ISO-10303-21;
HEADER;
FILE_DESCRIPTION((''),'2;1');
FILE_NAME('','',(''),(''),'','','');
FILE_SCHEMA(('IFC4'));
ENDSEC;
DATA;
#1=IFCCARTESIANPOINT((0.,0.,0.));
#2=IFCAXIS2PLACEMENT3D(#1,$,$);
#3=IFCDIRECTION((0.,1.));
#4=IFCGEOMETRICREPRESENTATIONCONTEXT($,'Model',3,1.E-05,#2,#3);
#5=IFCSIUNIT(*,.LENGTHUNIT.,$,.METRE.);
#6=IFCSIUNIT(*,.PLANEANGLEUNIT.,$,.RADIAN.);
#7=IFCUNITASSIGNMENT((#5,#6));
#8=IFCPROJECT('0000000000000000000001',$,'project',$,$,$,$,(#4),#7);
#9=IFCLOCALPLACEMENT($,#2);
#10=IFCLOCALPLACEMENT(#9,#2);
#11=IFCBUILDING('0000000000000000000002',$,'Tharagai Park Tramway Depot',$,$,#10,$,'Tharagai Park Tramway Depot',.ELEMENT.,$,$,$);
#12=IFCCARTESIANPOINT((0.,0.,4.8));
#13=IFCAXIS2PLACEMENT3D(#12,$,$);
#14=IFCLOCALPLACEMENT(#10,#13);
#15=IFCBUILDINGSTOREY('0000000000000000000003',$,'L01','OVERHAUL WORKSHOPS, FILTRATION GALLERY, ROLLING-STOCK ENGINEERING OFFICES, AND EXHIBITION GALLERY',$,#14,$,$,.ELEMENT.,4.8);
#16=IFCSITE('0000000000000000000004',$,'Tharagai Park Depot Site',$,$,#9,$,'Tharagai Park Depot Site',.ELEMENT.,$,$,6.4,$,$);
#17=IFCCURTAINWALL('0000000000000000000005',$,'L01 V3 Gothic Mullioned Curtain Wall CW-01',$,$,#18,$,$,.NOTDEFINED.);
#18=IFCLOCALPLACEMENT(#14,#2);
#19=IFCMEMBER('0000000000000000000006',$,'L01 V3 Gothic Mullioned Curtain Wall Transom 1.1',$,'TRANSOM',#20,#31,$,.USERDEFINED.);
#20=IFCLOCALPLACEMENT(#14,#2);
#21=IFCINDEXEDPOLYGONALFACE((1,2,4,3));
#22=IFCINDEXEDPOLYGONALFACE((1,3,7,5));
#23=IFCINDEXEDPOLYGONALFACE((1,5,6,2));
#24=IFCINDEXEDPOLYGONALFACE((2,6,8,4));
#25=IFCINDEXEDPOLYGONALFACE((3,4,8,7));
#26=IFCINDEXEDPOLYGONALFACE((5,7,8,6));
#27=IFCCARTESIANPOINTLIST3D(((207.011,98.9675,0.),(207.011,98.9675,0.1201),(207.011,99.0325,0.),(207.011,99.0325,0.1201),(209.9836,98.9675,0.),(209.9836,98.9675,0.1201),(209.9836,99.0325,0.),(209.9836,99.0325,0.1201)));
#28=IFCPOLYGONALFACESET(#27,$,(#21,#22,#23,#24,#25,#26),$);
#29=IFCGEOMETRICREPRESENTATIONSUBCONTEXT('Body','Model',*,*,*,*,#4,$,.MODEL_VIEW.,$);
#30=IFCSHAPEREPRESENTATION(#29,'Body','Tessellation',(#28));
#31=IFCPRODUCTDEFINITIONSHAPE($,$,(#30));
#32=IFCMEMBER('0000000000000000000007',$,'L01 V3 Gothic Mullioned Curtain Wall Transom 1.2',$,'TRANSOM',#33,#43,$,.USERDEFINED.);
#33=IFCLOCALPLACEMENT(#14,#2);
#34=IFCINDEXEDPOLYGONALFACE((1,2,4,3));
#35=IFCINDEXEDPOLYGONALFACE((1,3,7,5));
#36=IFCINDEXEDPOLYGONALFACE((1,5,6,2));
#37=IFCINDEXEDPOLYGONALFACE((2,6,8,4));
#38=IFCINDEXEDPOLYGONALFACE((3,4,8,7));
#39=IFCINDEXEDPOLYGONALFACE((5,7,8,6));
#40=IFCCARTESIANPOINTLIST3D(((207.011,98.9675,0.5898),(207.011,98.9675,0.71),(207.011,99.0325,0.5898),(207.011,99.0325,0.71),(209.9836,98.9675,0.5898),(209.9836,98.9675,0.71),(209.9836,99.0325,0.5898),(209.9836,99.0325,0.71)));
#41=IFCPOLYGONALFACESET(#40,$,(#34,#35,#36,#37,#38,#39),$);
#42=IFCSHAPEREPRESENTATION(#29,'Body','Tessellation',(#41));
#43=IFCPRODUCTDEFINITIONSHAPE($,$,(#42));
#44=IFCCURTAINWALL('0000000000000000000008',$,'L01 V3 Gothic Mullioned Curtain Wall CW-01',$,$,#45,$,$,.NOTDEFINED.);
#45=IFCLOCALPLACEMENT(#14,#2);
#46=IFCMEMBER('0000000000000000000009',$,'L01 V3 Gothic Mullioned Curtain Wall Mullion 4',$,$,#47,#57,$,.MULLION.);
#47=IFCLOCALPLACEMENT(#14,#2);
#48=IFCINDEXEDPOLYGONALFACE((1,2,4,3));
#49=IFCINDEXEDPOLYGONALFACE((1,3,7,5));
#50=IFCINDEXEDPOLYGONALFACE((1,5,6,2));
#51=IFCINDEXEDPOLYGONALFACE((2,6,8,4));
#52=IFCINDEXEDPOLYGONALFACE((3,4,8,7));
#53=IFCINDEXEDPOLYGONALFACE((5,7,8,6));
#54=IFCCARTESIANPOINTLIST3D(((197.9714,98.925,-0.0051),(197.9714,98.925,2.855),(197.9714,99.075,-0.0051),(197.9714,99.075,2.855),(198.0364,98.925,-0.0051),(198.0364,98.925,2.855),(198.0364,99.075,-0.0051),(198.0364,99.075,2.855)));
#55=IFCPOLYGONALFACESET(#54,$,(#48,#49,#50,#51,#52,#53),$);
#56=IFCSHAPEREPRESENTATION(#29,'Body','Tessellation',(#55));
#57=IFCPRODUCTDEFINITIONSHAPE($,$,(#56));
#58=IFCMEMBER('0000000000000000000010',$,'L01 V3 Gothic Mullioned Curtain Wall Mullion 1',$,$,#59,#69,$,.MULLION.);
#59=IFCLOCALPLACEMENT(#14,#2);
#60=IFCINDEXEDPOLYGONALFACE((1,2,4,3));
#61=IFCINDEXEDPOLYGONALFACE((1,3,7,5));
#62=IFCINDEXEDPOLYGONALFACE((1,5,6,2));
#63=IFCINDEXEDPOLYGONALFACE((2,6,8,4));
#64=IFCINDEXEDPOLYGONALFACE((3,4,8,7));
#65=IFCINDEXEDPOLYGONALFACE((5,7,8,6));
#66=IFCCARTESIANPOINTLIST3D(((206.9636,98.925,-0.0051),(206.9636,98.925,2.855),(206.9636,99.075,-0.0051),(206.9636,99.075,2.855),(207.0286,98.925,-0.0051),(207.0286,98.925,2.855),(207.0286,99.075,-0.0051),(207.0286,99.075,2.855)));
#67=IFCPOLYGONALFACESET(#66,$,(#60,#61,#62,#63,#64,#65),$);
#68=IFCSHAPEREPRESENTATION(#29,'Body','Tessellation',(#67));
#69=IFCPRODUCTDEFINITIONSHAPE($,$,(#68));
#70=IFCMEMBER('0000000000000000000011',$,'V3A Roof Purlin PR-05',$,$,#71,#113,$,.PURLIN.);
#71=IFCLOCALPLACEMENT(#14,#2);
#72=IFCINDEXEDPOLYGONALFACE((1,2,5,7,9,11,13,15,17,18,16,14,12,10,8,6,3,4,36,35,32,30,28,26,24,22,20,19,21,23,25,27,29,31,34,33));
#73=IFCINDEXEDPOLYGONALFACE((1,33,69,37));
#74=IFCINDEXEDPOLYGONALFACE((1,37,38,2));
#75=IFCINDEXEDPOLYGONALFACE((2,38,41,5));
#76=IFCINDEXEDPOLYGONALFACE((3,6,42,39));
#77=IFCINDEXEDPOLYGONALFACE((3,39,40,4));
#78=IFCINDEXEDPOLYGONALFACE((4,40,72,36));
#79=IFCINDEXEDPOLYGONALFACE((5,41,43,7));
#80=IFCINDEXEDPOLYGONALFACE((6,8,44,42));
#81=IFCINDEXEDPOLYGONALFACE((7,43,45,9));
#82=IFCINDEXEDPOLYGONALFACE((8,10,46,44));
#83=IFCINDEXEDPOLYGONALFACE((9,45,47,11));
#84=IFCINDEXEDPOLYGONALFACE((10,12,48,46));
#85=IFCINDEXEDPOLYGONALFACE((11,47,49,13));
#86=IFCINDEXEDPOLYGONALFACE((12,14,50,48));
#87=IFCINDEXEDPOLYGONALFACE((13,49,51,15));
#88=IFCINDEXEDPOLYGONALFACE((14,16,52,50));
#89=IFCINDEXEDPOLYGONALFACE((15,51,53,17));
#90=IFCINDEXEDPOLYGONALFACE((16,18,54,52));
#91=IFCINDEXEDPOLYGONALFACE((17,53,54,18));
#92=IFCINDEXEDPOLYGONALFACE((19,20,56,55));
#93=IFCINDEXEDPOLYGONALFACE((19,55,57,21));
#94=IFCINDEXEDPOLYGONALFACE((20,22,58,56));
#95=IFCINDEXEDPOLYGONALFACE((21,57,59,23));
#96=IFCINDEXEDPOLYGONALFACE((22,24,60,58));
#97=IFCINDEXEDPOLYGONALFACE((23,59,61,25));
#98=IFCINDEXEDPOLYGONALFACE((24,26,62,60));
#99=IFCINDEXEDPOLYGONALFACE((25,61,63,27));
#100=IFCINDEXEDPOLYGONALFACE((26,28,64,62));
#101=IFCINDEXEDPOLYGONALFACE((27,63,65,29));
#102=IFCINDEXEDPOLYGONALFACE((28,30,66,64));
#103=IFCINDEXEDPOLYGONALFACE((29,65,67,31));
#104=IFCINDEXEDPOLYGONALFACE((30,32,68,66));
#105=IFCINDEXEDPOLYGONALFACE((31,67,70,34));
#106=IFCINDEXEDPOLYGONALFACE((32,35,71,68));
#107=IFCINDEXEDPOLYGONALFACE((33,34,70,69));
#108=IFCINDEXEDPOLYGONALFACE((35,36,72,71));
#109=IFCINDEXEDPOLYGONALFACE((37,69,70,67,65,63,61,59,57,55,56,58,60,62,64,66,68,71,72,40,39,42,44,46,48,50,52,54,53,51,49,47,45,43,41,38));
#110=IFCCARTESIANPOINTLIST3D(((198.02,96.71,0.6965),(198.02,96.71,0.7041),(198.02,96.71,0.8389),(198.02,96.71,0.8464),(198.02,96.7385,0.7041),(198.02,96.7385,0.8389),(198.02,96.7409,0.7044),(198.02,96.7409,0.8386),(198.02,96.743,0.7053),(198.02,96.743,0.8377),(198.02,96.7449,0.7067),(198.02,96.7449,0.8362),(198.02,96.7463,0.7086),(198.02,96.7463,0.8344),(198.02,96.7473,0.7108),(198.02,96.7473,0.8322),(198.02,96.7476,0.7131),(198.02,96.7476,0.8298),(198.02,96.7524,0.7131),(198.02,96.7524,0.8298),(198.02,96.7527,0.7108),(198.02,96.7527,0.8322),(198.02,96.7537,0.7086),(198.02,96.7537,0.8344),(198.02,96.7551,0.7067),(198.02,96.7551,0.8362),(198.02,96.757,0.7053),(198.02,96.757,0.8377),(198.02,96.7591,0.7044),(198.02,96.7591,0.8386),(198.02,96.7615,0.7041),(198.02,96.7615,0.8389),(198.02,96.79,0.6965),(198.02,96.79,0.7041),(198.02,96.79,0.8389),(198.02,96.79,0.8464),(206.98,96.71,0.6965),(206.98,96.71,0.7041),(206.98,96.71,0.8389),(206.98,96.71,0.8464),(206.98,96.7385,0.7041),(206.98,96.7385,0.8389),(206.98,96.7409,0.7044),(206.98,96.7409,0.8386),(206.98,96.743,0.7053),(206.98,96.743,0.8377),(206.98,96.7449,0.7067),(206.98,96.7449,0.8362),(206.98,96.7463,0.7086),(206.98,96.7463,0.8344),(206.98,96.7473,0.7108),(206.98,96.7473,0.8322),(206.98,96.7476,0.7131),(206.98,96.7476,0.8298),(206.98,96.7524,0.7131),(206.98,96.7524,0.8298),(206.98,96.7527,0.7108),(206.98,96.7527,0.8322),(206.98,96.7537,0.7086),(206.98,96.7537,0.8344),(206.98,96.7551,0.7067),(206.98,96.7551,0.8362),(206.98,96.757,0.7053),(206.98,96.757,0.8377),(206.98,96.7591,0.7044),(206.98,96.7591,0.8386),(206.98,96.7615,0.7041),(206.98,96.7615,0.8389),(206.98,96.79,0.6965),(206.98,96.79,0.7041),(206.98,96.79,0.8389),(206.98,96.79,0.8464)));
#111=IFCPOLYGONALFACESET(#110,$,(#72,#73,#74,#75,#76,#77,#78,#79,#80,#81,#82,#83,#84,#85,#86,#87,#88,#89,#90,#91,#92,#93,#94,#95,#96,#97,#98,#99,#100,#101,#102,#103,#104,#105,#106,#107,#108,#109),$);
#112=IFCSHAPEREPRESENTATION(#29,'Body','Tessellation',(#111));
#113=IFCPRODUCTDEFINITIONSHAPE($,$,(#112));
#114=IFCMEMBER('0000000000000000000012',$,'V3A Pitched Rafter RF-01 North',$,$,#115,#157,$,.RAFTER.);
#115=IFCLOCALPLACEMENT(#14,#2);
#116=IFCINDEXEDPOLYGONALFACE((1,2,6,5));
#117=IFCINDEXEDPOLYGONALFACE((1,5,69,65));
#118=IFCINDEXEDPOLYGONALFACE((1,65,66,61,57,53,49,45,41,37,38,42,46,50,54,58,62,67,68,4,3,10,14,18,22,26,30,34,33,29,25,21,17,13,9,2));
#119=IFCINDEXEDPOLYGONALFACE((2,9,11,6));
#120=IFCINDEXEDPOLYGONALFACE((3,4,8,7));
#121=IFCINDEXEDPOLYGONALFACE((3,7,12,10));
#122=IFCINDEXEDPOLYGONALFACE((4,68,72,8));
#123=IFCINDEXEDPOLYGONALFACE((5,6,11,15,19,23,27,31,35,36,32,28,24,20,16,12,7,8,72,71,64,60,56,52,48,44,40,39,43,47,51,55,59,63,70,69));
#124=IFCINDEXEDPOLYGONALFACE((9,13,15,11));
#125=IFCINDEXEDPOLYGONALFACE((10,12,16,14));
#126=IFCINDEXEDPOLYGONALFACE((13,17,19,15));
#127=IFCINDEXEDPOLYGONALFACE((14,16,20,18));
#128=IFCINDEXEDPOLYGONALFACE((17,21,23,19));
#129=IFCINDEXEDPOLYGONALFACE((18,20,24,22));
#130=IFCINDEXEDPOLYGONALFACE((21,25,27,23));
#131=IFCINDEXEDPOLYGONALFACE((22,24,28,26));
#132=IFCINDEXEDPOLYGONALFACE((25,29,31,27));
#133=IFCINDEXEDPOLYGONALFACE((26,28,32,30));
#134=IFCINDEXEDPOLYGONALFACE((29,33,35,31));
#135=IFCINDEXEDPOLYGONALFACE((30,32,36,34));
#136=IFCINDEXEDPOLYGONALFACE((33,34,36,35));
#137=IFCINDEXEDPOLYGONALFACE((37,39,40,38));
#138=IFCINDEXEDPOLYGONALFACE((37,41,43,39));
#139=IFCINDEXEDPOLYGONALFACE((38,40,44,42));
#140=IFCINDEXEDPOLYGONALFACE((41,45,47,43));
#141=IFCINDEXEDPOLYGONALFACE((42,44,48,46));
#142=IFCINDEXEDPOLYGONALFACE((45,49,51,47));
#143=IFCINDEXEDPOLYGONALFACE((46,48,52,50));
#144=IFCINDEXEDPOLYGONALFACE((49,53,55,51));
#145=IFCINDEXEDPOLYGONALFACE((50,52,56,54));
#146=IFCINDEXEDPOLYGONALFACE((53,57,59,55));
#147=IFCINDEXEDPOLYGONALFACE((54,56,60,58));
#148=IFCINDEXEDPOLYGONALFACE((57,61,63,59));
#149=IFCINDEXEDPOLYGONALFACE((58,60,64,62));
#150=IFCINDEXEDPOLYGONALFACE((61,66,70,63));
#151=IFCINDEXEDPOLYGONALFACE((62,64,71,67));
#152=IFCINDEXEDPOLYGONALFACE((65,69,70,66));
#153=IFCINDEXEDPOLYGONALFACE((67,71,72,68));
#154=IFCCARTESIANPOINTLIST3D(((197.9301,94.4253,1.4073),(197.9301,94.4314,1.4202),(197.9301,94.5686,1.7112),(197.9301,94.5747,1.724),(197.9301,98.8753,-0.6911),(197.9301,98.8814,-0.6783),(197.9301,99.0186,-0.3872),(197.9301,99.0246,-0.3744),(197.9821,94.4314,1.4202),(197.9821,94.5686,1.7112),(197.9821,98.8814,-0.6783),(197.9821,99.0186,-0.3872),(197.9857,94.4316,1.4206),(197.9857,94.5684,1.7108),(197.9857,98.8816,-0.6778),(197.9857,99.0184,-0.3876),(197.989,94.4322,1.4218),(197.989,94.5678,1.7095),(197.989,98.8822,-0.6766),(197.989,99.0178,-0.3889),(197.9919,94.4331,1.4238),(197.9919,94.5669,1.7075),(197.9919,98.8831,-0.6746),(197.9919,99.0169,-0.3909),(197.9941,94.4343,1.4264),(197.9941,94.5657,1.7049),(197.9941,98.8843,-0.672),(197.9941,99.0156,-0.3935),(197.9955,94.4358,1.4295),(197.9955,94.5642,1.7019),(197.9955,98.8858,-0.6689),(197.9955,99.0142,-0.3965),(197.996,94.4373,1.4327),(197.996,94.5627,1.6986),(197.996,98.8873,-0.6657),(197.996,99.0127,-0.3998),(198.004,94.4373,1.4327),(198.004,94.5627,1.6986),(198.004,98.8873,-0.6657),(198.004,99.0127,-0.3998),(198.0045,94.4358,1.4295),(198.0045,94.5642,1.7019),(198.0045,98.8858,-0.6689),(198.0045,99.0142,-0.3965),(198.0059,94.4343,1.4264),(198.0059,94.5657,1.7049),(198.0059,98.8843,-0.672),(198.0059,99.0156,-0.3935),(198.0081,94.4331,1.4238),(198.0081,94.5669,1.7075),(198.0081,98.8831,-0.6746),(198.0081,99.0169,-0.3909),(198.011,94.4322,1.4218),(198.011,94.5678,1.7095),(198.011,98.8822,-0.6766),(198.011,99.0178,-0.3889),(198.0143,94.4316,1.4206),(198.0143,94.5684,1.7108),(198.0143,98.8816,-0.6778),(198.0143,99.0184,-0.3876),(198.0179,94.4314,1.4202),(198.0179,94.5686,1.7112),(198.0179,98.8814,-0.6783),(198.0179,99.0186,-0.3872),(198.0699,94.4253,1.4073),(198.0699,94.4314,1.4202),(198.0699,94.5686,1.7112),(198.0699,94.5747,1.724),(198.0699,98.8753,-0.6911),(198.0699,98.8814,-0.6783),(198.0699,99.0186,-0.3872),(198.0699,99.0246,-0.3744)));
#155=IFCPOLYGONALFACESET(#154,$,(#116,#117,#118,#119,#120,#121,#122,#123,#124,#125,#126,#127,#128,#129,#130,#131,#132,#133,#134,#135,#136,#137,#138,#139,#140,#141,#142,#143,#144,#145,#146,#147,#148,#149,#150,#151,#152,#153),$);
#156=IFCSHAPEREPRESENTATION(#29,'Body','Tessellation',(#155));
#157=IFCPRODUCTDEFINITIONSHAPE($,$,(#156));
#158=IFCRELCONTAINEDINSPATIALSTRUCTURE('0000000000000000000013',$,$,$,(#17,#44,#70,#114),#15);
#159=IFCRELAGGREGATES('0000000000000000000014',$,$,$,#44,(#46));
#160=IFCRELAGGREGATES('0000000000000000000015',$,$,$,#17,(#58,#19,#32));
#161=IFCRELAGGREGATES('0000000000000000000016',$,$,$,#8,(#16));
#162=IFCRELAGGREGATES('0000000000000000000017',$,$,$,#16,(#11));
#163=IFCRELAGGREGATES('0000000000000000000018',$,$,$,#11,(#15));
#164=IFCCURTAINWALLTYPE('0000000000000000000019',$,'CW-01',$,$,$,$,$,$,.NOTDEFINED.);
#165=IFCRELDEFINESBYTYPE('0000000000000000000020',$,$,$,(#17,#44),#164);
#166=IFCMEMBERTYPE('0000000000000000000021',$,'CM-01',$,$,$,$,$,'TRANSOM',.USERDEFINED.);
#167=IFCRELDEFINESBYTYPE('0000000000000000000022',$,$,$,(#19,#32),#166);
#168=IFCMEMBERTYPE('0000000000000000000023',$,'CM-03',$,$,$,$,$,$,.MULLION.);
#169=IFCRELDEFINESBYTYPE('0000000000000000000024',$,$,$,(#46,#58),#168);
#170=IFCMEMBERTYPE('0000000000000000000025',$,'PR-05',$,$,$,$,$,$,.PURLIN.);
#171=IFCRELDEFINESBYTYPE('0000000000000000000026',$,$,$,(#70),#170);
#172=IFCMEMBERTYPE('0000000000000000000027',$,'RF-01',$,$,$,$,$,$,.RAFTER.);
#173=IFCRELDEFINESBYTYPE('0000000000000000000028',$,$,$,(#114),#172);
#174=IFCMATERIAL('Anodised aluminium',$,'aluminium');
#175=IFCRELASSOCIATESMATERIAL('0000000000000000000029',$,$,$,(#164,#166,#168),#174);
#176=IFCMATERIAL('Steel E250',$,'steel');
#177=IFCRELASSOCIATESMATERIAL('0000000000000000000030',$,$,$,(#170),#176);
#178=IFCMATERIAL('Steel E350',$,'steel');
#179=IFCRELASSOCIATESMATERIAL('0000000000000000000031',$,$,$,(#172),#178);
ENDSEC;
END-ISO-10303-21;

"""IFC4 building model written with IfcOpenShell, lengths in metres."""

from ifc_helpers import new_model, si_unit, direction, frame, origin, origin_2d, place, context, subcontext, project, spatial, rectangle, i_section, extrude, material, material_profile, profile_set, type_object, element, aggregate, save


model = new_model("IFC4")

# Units and contexts
model_context = context("Model", 3, precision=1e-05, world=origin(), true_north=direction((0.0, 1.0)))
body_context = subcontext(model_context, "Body", "Model", "MODEL_VIEW")
ifc_project = project(units=[si_unit("LENGTHUNIT", "METRE"), si_unit("PLANEANGLEUNIT", "RADIAN")], contexts=[model_context])

# Site, building, storey
site_placement = place(None, origin())
site = spatial("IfcSite", under=ifc_project, at=site_placement, Name="Tharagai Park Depot Site", LongName="Tharagai Park Depot Site", CompositionType="ELEMENT", RefElevation=6.4)
building_placement = place(site_placement, origin())
building = spatial("IfcBuilding", under=site, at=building_placement, Name="Tharagai Park Tramway Depot", LongName="Tharagai Park Tramway Depot", CompositionType="ELEMENT")
storey_placement = place(building_placement, frame((0.0, 0.0, 4.8)))
storey = spatial("IfcBuildingStorey", under=building, at=storey_placement, Name="L01", Description="OVERHAUL WORKSHOPS, FILTRATION GALLERY, ROLLING-STOCK ENGINEERING OFFICES, AND EXHIBITION GALLERY", CompositionType="ELEMENT", Elevation=4.8)

# Shared definitions
ifc_material_1 = material(Name="Steel E350", Category="steel")

# Curtain wall, members
ifc_material_2 = material(Name="Anodised aluminium", Category="aluminium")
curtain_wall_type = type_object("IfcCurtainWallType", Name="CW-01", PredefinedType="NOTDEFINED", material=ifc_material_2)
curtain_wall_1_placement = place(storey_placement, origin())
curtain_wall_1 = element("IfcCurtainWall", 1, at=curtain_wall_1_placement, inside=storey, type_object=curtain_wall_type, Name="L01 V3 Gothic Mullioned Curtain Wall CW-01", PredefinedType="NOTDEFINED")
ifc_material_profile_1 = material_profile(ifc_material_2, rectangle(XDim=0.0649, YDim=0.1201, at=origin_2d()), Name="ALU 65x120")
ifc_profile_set_1 = profile_set([ifc_material_profile_1], Name="Anodised aluminium")
member_type_1 = type_object("IfcMemberType", Name="CM-01", ElementType="TRANSOM", PredefinedType="USERDEFINED", material=ifc_profile_set_1)
member_1_placement = place(storey_placement, frame((207.011, 99.0, 0.0601), z_axis=(1.0, 0.0, 0.0), x_axis=(0.0, 1.0, 0.0)))
member_1 = element("IfcMember", 2, at=member_1_placement, type_object=member_type_1, Name="L01 V3 Gothic Mullioned Curtain Wall Transom 1.1", ObjectType="TRANSOM", PredefinedType="USERDEFINED", context=body_context, shape_type="SweptSolid", body=[
    extrude(rectangle(XDim=0.0649, YDim=0.1201, at=origin_2d()), origin(), (0.0, 0.0, 1.0), 2.9727),
])
member_2_placement = place(storey_placement, frame((207.011, 99.0, 0.6499), z_axis=(1.0, 0.0, 0.0), x_axis=(0.0, 1.0, 0.0)))
member_2 = element("IfcMember", 3, at=member_2_placement, type_object=member_type_1, Name="L01 V3 Gothic Mullioned Curtain Wall Transom 1.2", ObjectType="TRANSOM", PredefinedType="USERDEFINED", context=body_context, shape_type="SweptSolid", body=[
    extrude(rectangle(XDim=0.0649, YDim=0.1201, at=origin_2d()), origin(), (0.0, 0.0, 1.0), 2.9727),
])

# Curtain wall, member
curtain_wall_2_placement = place(storey_placement, origin())
curtain_wall_2 = element("IfcCurtainWall", 4, at=curtain_wall_2_placement, inside=storey, type_object=curtain_wall_type, Name="L01 V3 Gothic Mullioned Curtain Wall CW-01", PredefinedType="NOTDEFINED")
ifc_material_profile_2 = material_profile(ifc_material_2, rectangle(XDim=0.0649, YDim=0.1499, at=origin_2d()), Name="ALU 65x150")
ifc_profile_set_2 = profile_set([ifc_material_profile_2], Name="Anodised aluminium")
member_type_2 = type_object("IfcMemberType", Name="CM-03", PredefinedType="MULLION", material=ifc_profile_set_2)
member_3_placement = place(storey_placement, frame((198.0039, 99.0, -0.0051), z_axis=(0.0, 0.0, 1.0), x_axis=(1.0, 0.0, 0.0)))
member_3 = element("IfcMember", 5, at=member_3_placement, type_object=member_type_2, Name="L01 V3 Gothic Mullioned Curtain Wall Mullion 4", PredefinedType="MULLION", context=body_context, shape_type="SweptSolid", body=[
    extrude(rectangle(XDim=0.0649, YDim=0.1499, at=origin_2d()), origin(), (0.0, 0.0, 1.0), 2.8601),
])
aggregate(curtain_wall_2, [member_3])

# Member
member_4_placement = place(storey_placement, frame((206.9961, 99.0, -0.0051), z_axis=(0.0, 0.0, 1.0), x_axis=(1.0, 0.0, 0.0)))
member_4 = element("IfcMember", 6, at=member_4_placement, type_object=member_type_2, Name="L01 V3 Gothic Mullioned Curtain Wall Mullion 1", PredefinedType="MULLION", context=body_context, shape_type="SweptSolid", body=[
    extrude(rectangle(XDim=0.0649, YDim=0.1499, at=origin_2d()), origin(), (0.0, 0.0, 1.0), 2.8601),
])
aggregate(curtain_wall_1, [member_4, member_1, member_2])

# Members
ifc_material_3 = material(Name="Steel E250", Category="steel")
ifc_material_profile_3 = material_profile(ifc_material_3, i_section(OverallWidth=0.0801, OverallDepth=0.1499, WebThickness=0.0049, FlangeThickness=0.0076, FilletRadius=0.009, at=origin_2d()), Name="ISMB 150")
ifc_profile_set_3 = profile_set([ifc_material_profile_3], Name="Steel E250")
member_type_3 = type_object("IfcMemberType", Name="PR-05", PredefinedType="PURLIN", material=ifc_profile_set_3)
member_5_placement = place(storey_placement, frame((198.02, 96.75, 0.7715), z_axis=(1.0, 0.0, 0.0), x_axis=(0.0, 1.0, 0.0)))
element("IfcMember", 7, at=member_5_placement, inside=storey, type_object=member_type_3, Name="V3A Roof Purlin PR-05", PredefinedType="PURLIN", context=body_context, shape_type="SweptSolid", body=[
    extrude(i_section(OverallWidth=0.0801, OverallDepth=0.1499, WebThickness=0.0049, FlangeThickness=0.0076, FilletRadius=0.009, at=origin_2d()), origin(), (0.0, 0.0, 1.0), 8.96),
])
ifc_material_profile_4 = material_profile(ifc_material_1, i_section(OverallWidth=0.1399, OverallDepth=0.3501, WebThickness=0.0081, FlangeThickness=0.0142, FilletRadius=0.0139, at=origin_2d()), Name="ISMB 350")
ifc_profile_set_4 = profile_set([ifc_material_profile_4], Name="Steel E350")
member_type_4 = type_object("IfcMemberType", Name="RF-01", PredefinedType="RAFTER", material=ifc_profile_set_4)
for number, where, z_axis, x_axis, name in (
    (8, (198.0, 94.5, 1.5657), (0.0, 0.904482, -0.426511), (-1.0, 0.0, 0.0), "V3A Pitched Rafter RF-01 North"),
):
    element("IfcMember", number, at=place(storey_placement, frame(where, z_axis=z_axis, x_axis=x_axis)), inside=storey, type_object=member_type_4, Name=name, PredefinedType="RAFTER", context=body_context, shape_type="SweptSolid", body=[
        extrude(i_section(OverallWidth=0.1399, OverallDepth=0.3501, WebThickness=0.0081, FlangeThickness=0.0142, FilletRadius=0.0139, at=origin_2d()), origin(), (0.0, 0.0, 1.0), 4.9199),
    ])

save(model, "model.ifc")
